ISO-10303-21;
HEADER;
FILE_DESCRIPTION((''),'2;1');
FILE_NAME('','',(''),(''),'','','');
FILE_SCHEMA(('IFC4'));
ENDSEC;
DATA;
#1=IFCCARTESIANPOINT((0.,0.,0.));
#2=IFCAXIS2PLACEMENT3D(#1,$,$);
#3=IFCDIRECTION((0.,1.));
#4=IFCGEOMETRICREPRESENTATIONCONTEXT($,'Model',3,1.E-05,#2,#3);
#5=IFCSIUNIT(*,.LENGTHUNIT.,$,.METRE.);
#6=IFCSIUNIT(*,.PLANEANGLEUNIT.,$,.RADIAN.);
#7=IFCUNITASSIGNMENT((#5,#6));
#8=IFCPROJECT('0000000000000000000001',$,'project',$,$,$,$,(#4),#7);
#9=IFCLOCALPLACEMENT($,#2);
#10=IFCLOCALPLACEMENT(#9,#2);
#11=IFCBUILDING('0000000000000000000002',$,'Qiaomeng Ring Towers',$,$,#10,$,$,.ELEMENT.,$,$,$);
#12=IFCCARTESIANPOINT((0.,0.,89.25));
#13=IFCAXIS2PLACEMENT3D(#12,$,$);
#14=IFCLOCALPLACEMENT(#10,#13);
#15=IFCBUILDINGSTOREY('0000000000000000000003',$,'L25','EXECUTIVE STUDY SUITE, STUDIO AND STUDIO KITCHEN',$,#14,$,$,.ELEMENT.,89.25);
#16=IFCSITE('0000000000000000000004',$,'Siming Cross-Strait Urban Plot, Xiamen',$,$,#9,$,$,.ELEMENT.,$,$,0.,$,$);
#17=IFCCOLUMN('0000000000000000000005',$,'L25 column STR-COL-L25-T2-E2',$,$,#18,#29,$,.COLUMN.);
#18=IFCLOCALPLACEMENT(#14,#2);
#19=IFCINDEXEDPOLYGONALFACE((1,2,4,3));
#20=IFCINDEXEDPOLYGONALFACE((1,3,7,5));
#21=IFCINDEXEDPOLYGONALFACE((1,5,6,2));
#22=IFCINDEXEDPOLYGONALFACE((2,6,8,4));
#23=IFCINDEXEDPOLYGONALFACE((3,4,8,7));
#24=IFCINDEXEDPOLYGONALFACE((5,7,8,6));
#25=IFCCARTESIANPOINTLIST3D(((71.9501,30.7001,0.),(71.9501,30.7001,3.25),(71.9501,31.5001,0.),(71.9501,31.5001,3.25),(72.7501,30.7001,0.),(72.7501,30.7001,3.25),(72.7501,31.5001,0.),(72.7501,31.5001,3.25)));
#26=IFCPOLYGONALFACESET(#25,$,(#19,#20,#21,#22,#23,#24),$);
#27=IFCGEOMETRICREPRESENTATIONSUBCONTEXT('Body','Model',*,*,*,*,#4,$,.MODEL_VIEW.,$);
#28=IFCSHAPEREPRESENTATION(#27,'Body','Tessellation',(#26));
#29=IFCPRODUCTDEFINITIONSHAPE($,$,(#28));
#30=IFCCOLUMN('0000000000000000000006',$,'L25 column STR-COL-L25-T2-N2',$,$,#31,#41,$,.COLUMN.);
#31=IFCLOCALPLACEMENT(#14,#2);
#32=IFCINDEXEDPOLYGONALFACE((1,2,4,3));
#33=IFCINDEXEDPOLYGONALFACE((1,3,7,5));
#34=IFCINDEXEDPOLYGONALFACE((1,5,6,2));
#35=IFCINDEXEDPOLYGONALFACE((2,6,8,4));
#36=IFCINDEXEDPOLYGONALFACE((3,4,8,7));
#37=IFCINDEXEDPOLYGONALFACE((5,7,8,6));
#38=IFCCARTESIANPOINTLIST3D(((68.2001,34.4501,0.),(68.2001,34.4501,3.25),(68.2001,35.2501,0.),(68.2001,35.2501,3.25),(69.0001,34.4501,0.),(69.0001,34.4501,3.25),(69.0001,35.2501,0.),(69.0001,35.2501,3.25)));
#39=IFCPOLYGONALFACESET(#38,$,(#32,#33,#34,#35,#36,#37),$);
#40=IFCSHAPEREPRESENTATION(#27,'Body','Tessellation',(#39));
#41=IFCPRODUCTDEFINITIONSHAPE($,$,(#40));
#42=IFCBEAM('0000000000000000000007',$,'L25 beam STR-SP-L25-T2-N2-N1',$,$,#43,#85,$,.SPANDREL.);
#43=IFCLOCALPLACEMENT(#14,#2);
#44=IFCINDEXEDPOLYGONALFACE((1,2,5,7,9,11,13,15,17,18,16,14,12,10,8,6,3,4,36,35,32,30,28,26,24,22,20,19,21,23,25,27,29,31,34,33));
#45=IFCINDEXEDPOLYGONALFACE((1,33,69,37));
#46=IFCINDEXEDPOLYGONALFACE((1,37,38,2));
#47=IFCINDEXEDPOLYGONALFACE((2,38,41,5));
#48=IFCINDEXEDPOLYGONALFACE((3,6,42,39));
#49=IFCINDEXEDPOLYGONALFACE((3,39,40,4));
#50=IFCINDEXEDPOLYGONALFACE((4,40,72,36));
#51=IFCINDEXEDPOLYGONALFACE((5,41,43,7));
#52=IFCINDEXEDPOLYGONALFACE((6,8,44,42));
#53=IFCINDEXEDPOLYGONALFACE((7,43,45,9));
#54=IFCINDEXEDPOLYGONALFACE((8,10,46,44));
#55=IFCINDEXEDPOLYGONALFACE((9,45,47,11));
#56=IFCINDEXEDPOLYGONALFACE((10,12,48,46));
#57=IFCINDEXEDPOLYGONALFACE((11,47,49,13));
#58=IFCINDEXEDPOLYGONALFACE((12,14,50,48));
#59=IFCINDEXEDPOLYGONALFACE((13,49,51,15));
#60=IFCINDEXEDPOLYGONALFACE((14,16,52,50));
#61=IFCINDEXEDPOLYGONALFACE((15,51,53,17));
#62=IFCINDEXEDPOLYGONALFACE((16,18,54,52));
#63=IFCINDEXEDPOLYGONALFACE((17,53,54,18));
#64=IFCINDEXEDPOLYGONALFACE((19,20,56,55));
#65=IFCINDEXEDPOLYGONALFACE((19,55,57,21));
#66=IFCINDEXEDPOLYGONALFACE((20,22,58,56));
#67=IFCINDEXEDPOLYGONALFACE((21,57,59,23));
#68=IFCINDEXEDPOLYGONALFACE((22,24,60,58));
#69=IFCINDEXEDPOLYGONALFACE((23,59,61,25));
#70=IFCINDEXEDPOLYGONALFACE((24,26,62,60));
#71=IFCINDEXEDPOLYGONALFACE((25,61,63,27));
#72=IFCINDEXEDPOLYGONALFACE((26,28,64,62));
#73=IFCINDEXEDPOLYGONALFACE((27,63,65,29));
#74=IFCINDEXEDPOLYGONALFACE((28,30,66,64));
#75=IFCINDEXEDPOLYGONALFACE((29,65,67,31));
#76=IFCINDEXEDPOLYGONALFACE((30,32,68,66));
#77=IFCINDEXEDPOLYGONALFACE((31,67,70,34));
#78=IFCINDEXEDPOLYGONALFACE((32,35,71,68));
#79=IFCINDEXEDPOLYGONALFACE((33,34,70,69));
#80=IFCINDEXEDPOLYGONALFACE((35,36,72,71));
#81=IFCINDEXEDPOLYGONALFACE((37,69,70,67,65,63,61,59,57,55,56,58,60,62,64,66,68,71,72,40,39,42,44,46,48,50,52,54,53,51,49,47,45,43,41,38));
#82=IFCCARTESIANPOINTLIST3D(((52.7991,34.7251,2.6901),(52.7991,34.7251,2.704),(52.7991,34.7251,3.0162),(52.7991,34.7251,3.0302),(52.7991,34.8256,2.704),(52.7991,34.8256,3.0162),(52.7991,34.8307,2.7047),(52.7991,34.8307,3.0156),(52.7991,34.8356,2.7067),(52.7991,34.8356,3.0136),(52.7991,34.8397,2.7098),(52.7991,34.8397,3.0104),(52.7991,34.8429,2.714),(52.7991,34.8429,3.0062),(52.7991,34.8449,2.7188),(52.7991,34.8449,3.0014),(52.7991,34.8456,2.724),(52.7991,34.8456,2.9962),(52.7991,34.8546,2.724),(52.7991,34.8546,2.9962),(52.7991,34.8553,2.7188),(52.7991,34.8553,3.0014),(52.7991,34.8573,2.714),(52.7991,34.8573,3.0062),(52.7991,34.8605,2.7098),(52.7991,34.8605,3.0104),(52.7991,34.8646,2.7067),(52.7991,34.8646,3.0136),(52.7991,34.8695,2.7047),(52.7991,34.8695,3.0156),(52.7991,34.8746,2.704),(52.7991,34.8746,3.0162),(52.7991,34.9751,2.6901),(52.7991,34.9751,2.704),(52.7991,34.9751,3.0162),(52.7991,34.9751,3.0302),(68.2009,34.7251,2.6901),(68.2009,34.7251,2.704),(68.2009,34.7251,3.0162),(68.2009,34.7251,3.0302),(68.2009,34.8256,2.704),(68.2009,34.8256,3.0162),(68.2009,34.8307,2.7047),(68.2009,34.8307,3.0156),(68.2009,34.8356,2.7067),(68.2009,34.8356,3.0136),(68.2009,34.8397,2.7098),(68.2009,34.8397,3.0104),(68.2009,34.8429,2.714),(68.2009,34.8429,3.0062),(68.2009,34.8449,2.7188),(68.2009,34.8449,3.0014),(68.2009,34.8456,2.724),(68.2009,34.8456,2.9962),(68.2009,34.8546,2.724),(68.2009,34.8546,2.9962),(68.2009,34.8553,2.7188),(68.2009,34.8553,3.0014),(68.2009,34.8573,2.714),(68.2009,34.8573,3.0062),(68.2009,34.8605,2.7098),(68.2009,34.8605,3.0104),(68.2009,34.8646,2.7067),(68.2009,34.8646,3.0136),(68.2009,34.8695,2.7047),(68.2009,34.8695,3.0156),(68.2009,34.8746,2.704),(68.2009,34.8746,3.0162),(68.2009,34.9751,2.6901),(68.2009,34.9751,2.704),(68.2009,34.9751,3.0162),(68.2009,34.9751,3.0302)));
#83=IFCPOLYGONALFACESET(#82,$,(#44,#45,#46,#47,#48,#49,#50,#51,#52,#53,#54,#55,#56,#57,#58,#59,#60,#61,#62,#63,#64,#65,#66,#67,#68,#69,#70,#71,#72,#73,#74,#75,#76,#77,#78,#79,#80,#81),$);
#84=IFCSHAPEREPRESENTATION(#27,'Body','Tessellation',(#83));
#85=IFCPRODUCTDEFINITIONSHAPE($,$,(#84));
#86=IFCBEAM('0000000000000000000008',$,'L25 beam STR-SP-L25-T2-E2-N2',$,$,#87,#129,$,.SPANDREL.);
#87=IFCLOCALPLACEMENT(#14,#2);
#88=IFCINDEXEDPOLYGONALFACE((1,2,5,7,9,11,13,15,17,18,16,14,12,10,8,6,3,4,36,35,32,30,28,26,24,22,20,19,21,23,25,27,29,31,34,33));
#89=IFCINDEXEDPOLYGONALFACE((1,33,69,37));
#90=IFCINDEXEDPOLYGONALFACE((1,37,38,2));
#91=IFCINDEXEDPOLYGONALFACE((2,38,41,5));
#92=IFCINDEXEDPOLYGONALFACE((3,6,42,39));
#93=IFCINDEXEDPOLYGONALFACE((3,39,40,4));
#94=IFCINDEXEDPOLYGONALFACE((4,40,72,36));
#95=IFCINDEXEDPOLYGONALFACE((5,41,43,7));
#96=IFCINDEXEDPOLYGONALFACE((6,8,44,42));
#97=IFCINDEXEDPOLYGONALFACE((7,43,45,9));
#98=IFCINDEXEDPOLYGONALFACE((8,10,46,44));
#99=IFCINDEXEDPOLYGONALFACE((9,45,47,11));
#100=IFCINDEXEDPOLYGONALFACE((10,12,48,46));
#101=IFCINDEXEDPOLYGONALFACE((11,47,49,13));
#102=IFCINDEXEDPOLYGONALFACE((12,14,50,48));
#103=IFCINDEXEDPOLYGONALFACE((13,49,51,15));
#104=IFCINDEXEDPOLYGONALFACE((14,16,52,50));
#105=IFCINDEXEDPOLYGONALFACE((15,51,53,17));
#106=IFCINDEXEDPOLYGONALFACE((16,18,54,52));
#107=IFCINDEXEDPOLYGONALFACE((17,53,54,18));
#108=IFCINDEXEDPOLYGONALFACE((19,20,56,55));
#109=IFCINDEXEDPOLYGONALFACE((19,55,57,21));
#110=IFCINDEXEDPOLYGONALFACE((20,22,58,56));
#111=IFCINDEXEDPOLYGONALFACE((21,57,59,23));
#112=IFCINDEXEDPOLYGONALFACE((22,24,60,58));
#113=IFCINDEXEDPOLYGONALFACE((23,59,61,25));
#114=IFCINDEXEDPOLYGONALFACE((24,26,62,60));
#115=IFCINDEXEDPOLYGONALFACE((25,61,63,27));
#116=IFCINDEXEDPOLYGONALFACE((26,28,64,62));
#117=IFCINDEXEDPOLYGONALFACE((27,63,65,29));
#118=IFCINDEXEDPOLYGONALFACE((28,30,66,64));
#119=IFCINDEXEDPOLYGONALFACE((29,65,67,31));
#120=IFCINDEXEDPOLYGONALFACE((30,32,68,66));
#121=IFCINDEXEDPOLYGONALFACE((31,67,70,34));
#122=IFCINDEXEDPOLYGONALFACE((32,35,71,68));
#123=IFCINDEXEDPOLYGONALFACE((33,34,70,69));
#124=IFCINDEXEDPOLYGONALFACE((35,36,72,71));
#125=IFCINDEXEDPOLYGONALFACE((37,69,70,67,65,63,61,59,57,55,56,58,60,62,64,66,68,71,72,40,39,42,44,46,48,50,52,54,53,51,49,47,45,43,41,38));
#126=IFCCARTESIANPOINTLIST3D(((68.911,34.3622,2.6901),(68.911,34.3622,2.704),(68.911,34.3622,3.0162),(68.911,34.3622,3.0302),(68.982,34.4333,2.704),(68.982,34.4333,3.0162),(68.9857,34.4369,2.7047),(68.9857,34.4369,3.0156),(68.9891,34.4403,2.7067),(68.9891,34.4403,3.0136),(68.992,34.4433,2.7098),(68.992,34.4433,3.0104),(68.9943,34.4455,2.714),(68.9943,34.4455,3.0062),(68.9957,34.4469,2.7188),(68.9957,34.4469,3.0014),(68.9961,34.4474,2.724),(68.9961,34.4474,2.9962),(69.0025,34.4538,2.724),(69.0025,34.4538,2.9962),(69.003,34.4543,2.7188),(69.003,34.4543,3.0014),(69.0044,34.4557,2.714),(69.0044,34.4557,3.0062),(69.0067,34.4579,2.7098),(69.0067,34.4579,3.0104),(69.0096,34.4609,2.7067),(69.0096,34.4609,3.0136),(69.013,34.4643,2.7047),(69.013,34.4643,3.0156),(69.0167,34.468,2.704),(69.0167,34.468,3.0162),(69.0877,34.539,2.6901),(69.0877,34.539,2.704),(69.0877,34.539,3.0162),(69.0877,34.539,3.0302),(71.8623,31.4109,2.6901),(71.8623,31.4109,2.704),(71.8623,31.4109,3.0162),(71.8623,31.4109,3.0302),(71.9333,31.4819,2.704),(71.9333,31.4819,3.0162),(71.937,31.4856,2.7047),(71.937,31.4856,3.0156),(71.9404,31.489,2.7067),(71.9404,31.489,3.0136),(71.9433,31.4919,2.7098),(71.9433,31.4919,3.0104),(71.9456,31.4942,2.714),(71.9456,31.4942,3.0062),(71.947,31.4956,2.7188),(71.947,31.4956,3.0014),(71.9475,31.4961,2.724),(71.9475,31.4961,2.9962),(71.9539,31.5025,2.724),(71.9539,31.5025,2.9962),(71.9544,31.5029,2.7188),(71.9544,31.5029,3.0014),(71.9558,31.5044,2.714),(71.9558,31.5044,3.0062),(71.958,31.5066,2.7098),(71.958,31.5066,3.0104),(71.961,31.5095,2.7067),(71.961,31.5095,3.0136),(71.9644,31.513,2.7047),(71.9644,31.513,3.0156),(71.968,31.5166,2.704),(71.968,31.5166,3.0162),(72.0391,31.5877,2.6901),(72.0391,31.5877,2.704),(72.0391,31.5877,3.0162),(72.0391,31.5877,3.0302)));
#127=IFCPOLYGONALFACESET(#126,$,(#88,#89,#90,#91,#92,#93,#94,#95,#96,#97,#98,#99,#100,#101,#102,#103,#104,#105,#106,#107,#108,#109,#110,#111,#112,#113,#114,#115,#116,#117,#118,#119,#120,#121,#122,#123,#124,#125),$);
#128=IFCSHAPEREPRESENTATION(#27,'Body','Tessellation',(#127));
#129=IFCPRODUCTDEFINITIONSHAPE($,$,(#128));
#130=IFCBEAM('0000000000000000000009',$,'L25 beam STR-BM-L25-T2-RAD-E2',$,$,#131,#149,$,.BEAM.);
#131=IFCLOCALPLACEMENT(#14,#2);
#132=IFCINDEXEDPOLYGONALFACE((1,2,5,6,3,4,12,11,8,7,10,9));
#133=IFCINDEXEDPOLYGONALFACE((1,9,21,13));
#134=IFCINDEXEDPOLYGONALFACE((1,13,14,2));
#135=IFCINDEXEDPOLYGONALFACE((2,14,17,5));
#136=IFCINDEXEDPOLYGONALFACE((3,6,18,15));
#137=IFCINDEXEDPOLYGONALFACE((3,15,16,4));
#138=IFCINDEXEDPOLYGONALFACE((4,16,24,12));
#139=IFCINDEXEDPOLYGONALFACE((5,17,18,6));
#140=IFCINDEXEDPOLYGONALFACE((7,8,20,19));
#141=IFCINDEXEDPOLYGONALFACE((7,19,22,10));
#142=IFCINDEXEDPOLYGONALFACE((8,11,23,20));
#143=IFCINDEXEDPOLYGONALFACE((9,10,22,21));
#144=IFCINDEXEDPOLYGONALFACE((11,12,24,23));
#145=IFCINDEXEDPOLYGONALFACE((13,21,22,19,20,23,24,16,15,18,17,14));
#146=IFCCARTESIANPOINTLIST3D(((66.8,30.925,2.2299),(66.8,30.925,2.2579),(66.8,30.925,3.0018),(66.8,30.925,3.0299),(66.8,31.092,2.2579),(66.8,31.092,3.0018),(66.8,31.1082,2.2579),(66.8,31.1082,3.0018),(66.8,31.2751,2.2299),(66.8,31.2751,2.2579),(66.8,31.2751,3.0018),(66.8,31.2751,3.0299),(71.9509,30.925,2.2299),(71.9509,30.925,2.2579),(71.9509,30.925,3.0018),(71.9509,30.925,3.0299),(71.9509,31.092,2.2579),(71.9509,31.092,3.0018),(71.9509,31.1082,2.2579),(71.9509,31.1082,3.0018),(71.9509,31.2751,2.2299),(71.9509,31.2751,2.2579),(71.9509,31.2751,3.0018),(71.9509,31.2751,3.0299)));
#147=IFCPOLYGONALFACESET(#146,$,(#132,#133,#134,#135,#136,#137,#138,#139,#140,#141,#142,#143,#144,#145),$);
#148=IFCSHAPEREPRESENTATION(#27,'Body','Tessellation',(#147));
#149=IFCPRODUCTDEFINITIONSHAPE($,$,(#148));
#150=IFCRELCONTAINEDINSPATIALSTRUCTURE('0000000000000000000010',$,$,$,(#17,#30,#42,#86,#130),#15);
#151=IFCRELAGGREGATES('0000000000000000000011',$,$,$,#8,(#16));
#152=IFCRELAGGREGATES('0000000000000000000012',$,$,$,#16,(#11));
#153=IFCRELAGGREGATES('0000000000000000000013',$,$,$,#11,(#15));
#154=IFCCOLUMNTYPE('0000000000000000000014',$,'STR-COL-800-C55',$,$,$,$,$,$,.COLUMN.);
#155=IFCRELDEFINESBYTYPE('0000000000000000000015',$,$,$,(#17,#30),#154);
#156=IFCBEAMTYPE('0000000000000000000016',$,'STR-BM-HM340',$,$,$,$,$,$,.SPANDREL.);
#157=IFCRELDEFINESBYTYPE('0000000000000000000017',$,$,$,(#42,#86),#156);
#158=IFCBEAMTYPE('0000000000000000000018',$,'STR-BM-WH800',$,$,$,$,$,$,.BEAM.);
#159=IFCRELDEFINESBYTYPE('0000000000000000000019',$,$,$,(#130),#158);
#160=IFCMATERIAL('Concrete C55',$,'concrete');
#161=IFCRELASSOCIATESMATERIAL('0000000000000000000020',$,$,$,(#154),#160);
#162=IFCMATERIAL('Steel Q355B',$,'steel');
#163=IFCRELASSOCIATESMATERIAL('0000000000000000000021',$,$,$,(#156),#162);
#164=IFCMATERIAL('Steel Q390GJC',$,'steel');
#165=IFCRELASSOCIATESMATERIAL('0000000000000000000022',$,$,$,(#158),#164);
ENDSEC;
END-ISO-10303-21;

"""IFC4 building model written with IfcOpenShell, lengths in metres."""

from ifc_helpers import new_model, si_unit, direction, frame, origin, origin_2d, place, context, subcontext, project, spatial, rectangle, i_section, extrude, source, transform, mapped, material, material_profile, profile_set, type_object, element, save


model = new_model("IFC4")

# Units and contexts
model_context = context("Model", 3, precision=1e-05, world=origin(), true_north=direction((0.0, 1.0)))
body_context = subcontext(model_context, "Body", "Model", "MODEL_VIEW")
ifc_project = project(units=[si_unit("LENGTHUNIT", "METRE"), si_unit("PLANEANGLEUNIT", "RADIAN")], contexts=[model_context])

# Site, building, storey
site_placement = place(None, origin())
site = spatial("IfcSite", under=ifc_project, at=site_placement, Name="Siming Cross-Strait Urban Plot, Xiamen", CompositionType="ELEMENT", RefElevation=0.0)
building_placement = place(site_placement, origin())
building = spatial("IfcBuilding", under=site, at=building_placement, Name="Qiaomeng Ring Towers", CompositionType="ELEMENT")
storey_placement = place(building_placement, frame((0.0, 0.0, 89.25)))
storey = spatial("IfcBuildingStorey", under=building, at=storey_placement, Name="L25", Description="EXECUTIVE STUDY SUITE, STUDIO AND STUDIO KITCHEN", CompositionType="ELEMENT", Elevation=89.25)

# Columns
ifc_material_1 = material(Name="Concrete C55", Category="concrete")
ifc_material_profile_1 = material_profile(ifc_material_1, rectangle(XDim=0.8, YDim=0.8, at=origin_2d()), Name="RC COL 800x800")
ifc_profile_set_1 = profile_set([ifc_material_profile_1], Name="Concrete C55")
column_type = type_object("IfcColumnType", Name="STR-COL-800-C55", PredefinedType="COLUMN", material=ifc_profile_set_1)
shared_shape_1 = source(origin(), body_context, "Body", "SweptSolid", [
    extrude(rectangle(XDim=0.8, YDim=0.8, at=origin_2d()), origin(), (0.0, 0.0, 1.0), 3.25),
])
for number, where, z_axis, x_axis, name in (
    (1, (72.3501, 31.1001, 0.0), (0.0, 0.0, 1.0), (1.0, 0.0, 0.0), "L25 column STR-COL-L25-T2-E2"),
    (2, (68.6001, 34.8501, 0.0), (0.0, 0.0, 1.0), (1.0, 0.0, 0.0), "L25 column STR-COL-L25-T2-N2"),
):
    element("IfcColumn", number, at=place(storey_placement, frame(where, z_axis=z_axis, x_axis=x_axis)), inside=storey, type_object=column_type, Name=name, PredefinedType="COLUMN", context=body_context, shape_type="MappedRepresentation", body=[
        mapped(shared_shape_1, transform((0.0, 0.0, 0.0), x_axis=(1.0, 0.0, 0.0), y_axis=(0.0, 1.0, 0.0), z_axis=(0.0, 0.0, 1.0), scale=1.0)),
    ])

# Beams
ifc_material_2 = material(Name="Steel Q355B", Category="steel")
ifc_material_profile_2 = material_profile(ifc_material_2, i_section(OverallWidth=0.25, OverallDepth=0.3401, WebThickness=0.009, FlangeThickness=0.0139, FilletRadius=0.02, at=origin_2d()), Name="HM 340x250x9x14")
ifc_profile_set_2 = profile_set([ifc_material_profile_2], Name="Steel Q355B")
beam_type_1 = type_object("IfcBeamType", Name="STR-BM-HM340", PredefinedType="SPANDREL", material=ifc_profile_set_2)
shared_shape_2 = source(origin(), body_context, "Body", "SweptSolid", [
    extrude(i_section(OverallWidth=0.25, OverallDepth=0.3401, WebThickness=0.009, FlangeThickness=0.0139, FilletRadius=0.02, at=origin_2d()), origin(), (0.0, 0.0, 1.0), 15.4019),
])
beam_1_placement = place(storey_placement, frame((68.2009, 34.8501, 2.8601), z_axis=(-1.0, 0.0, 0.0), x_axis=(0.0, -1.0, 0.0)))
element("IfcBeam", 3, at=beam_1_placement, inside=storey, type_object=beam_type_1, Name="L25 beam STR-SP-L25-T2-N2-N1", PredefinedType="SPANDREL", context=body_context, shape_type="MappedRepresentation", body=[
    mapped(shared_shape_2, transform((0.0, 0.0, 0.0), x_axis=(1.0, 0.0, 0.0), y_axis=(0.0, 1.0, 0.0), z_axis=(0.0, 0.0, 1.0), scale=1.0)),
])
shared_shape_3 = source(origin(), body_context, "Body", "SweptSolid", [
    extrude(i_section(OverallWidth=0.25, OverallDepth=0.3401, WebThickness=0.009, FlangeThickness=0.0139, FilletRadius=0.02, at=origin_2d()), origin(), (0.0, 0.0, 1.0), 4.1738),
])
beam_2_placement = place(storey_placement, frame((71.9507, 31.4993, 2.8601), z_axis=(-0.707107, 0.707107, 0.0), x_axis=(-0.707107, -0.707107, 0.0)))
element("IfcBeam", 4, at=beam_2_placement, inside=storey, type_object=beam_type_1, Name="L25 beam STR-SP-L25-T2-E2-N2", PredefinedType="SPANDREL", context=body_context, shape_type="MappedRepresentation", body=[
    mapped(shared_shape_3, transform((0.0, 0.0, 0.0), x_axis=(1.0, 0.0, 0.0), y_axis=(0.0, 1.0, 0.0), z_axis=(0.0, 0.0, 1.0), scale=1.0)),
])
ifc_material_3 = material(Name="Steel Q390GJC", Category="steel")
ifc_material_profile_3 = material_profile(ifc_material_3, i_section(OverallWidth=0.3501, OverallDepth=0.8, WebThickness=0.0161, FlangeThickness=0.0281, at=origin_2d()), Name="WH 800x350x16x28")
ifc_profile_set_3 = profile_set([ifc_material_profile_3], Name="Steel Q390GJC")
beam_type_2 = type_object("IfcBeamType", Name="STR-BM-WH800", PredefinedType="BEAM", material=ifc_profile_set_3)
shared_shape_4 = source(origin(), body_context, "Body", "SweptSolid", [
    extrude(i_section(OverallWidth=0.3501, OverallDepth=0.8, WebThickness=0.0161, FlangeThickness=0.0281, at=origin_2d()), origin(), (0.0, 0.0, 1.0), 5.1509),
])
beam_3_placement = place(storey_placement, frame((66.8, 31.1001, 2.6299), z_axis=(1.0, 0.0, 0.0), x_axis=(0.0, 1.0, 0.0)))
element("IfcBeam", 5, at=beam_3_placement, inside=storey, type_object=beam_type_2, Name="L25 beam STR-BM-L25-T2-RAD-E2", PredefinedType="BEAM", context=body_context, shape_type="MappedRepresentation", body=[
    mapped(shared_shape_4, transform((0.0, 0.0, 0.0), x_axis=(1.0, 0.0, 0.0), y_axis=(0.0, 1.0, 0.0), z_axis=(0.0, 0.0, 1.0), scale=1.0)),
])

save(model, "model.ifc")
